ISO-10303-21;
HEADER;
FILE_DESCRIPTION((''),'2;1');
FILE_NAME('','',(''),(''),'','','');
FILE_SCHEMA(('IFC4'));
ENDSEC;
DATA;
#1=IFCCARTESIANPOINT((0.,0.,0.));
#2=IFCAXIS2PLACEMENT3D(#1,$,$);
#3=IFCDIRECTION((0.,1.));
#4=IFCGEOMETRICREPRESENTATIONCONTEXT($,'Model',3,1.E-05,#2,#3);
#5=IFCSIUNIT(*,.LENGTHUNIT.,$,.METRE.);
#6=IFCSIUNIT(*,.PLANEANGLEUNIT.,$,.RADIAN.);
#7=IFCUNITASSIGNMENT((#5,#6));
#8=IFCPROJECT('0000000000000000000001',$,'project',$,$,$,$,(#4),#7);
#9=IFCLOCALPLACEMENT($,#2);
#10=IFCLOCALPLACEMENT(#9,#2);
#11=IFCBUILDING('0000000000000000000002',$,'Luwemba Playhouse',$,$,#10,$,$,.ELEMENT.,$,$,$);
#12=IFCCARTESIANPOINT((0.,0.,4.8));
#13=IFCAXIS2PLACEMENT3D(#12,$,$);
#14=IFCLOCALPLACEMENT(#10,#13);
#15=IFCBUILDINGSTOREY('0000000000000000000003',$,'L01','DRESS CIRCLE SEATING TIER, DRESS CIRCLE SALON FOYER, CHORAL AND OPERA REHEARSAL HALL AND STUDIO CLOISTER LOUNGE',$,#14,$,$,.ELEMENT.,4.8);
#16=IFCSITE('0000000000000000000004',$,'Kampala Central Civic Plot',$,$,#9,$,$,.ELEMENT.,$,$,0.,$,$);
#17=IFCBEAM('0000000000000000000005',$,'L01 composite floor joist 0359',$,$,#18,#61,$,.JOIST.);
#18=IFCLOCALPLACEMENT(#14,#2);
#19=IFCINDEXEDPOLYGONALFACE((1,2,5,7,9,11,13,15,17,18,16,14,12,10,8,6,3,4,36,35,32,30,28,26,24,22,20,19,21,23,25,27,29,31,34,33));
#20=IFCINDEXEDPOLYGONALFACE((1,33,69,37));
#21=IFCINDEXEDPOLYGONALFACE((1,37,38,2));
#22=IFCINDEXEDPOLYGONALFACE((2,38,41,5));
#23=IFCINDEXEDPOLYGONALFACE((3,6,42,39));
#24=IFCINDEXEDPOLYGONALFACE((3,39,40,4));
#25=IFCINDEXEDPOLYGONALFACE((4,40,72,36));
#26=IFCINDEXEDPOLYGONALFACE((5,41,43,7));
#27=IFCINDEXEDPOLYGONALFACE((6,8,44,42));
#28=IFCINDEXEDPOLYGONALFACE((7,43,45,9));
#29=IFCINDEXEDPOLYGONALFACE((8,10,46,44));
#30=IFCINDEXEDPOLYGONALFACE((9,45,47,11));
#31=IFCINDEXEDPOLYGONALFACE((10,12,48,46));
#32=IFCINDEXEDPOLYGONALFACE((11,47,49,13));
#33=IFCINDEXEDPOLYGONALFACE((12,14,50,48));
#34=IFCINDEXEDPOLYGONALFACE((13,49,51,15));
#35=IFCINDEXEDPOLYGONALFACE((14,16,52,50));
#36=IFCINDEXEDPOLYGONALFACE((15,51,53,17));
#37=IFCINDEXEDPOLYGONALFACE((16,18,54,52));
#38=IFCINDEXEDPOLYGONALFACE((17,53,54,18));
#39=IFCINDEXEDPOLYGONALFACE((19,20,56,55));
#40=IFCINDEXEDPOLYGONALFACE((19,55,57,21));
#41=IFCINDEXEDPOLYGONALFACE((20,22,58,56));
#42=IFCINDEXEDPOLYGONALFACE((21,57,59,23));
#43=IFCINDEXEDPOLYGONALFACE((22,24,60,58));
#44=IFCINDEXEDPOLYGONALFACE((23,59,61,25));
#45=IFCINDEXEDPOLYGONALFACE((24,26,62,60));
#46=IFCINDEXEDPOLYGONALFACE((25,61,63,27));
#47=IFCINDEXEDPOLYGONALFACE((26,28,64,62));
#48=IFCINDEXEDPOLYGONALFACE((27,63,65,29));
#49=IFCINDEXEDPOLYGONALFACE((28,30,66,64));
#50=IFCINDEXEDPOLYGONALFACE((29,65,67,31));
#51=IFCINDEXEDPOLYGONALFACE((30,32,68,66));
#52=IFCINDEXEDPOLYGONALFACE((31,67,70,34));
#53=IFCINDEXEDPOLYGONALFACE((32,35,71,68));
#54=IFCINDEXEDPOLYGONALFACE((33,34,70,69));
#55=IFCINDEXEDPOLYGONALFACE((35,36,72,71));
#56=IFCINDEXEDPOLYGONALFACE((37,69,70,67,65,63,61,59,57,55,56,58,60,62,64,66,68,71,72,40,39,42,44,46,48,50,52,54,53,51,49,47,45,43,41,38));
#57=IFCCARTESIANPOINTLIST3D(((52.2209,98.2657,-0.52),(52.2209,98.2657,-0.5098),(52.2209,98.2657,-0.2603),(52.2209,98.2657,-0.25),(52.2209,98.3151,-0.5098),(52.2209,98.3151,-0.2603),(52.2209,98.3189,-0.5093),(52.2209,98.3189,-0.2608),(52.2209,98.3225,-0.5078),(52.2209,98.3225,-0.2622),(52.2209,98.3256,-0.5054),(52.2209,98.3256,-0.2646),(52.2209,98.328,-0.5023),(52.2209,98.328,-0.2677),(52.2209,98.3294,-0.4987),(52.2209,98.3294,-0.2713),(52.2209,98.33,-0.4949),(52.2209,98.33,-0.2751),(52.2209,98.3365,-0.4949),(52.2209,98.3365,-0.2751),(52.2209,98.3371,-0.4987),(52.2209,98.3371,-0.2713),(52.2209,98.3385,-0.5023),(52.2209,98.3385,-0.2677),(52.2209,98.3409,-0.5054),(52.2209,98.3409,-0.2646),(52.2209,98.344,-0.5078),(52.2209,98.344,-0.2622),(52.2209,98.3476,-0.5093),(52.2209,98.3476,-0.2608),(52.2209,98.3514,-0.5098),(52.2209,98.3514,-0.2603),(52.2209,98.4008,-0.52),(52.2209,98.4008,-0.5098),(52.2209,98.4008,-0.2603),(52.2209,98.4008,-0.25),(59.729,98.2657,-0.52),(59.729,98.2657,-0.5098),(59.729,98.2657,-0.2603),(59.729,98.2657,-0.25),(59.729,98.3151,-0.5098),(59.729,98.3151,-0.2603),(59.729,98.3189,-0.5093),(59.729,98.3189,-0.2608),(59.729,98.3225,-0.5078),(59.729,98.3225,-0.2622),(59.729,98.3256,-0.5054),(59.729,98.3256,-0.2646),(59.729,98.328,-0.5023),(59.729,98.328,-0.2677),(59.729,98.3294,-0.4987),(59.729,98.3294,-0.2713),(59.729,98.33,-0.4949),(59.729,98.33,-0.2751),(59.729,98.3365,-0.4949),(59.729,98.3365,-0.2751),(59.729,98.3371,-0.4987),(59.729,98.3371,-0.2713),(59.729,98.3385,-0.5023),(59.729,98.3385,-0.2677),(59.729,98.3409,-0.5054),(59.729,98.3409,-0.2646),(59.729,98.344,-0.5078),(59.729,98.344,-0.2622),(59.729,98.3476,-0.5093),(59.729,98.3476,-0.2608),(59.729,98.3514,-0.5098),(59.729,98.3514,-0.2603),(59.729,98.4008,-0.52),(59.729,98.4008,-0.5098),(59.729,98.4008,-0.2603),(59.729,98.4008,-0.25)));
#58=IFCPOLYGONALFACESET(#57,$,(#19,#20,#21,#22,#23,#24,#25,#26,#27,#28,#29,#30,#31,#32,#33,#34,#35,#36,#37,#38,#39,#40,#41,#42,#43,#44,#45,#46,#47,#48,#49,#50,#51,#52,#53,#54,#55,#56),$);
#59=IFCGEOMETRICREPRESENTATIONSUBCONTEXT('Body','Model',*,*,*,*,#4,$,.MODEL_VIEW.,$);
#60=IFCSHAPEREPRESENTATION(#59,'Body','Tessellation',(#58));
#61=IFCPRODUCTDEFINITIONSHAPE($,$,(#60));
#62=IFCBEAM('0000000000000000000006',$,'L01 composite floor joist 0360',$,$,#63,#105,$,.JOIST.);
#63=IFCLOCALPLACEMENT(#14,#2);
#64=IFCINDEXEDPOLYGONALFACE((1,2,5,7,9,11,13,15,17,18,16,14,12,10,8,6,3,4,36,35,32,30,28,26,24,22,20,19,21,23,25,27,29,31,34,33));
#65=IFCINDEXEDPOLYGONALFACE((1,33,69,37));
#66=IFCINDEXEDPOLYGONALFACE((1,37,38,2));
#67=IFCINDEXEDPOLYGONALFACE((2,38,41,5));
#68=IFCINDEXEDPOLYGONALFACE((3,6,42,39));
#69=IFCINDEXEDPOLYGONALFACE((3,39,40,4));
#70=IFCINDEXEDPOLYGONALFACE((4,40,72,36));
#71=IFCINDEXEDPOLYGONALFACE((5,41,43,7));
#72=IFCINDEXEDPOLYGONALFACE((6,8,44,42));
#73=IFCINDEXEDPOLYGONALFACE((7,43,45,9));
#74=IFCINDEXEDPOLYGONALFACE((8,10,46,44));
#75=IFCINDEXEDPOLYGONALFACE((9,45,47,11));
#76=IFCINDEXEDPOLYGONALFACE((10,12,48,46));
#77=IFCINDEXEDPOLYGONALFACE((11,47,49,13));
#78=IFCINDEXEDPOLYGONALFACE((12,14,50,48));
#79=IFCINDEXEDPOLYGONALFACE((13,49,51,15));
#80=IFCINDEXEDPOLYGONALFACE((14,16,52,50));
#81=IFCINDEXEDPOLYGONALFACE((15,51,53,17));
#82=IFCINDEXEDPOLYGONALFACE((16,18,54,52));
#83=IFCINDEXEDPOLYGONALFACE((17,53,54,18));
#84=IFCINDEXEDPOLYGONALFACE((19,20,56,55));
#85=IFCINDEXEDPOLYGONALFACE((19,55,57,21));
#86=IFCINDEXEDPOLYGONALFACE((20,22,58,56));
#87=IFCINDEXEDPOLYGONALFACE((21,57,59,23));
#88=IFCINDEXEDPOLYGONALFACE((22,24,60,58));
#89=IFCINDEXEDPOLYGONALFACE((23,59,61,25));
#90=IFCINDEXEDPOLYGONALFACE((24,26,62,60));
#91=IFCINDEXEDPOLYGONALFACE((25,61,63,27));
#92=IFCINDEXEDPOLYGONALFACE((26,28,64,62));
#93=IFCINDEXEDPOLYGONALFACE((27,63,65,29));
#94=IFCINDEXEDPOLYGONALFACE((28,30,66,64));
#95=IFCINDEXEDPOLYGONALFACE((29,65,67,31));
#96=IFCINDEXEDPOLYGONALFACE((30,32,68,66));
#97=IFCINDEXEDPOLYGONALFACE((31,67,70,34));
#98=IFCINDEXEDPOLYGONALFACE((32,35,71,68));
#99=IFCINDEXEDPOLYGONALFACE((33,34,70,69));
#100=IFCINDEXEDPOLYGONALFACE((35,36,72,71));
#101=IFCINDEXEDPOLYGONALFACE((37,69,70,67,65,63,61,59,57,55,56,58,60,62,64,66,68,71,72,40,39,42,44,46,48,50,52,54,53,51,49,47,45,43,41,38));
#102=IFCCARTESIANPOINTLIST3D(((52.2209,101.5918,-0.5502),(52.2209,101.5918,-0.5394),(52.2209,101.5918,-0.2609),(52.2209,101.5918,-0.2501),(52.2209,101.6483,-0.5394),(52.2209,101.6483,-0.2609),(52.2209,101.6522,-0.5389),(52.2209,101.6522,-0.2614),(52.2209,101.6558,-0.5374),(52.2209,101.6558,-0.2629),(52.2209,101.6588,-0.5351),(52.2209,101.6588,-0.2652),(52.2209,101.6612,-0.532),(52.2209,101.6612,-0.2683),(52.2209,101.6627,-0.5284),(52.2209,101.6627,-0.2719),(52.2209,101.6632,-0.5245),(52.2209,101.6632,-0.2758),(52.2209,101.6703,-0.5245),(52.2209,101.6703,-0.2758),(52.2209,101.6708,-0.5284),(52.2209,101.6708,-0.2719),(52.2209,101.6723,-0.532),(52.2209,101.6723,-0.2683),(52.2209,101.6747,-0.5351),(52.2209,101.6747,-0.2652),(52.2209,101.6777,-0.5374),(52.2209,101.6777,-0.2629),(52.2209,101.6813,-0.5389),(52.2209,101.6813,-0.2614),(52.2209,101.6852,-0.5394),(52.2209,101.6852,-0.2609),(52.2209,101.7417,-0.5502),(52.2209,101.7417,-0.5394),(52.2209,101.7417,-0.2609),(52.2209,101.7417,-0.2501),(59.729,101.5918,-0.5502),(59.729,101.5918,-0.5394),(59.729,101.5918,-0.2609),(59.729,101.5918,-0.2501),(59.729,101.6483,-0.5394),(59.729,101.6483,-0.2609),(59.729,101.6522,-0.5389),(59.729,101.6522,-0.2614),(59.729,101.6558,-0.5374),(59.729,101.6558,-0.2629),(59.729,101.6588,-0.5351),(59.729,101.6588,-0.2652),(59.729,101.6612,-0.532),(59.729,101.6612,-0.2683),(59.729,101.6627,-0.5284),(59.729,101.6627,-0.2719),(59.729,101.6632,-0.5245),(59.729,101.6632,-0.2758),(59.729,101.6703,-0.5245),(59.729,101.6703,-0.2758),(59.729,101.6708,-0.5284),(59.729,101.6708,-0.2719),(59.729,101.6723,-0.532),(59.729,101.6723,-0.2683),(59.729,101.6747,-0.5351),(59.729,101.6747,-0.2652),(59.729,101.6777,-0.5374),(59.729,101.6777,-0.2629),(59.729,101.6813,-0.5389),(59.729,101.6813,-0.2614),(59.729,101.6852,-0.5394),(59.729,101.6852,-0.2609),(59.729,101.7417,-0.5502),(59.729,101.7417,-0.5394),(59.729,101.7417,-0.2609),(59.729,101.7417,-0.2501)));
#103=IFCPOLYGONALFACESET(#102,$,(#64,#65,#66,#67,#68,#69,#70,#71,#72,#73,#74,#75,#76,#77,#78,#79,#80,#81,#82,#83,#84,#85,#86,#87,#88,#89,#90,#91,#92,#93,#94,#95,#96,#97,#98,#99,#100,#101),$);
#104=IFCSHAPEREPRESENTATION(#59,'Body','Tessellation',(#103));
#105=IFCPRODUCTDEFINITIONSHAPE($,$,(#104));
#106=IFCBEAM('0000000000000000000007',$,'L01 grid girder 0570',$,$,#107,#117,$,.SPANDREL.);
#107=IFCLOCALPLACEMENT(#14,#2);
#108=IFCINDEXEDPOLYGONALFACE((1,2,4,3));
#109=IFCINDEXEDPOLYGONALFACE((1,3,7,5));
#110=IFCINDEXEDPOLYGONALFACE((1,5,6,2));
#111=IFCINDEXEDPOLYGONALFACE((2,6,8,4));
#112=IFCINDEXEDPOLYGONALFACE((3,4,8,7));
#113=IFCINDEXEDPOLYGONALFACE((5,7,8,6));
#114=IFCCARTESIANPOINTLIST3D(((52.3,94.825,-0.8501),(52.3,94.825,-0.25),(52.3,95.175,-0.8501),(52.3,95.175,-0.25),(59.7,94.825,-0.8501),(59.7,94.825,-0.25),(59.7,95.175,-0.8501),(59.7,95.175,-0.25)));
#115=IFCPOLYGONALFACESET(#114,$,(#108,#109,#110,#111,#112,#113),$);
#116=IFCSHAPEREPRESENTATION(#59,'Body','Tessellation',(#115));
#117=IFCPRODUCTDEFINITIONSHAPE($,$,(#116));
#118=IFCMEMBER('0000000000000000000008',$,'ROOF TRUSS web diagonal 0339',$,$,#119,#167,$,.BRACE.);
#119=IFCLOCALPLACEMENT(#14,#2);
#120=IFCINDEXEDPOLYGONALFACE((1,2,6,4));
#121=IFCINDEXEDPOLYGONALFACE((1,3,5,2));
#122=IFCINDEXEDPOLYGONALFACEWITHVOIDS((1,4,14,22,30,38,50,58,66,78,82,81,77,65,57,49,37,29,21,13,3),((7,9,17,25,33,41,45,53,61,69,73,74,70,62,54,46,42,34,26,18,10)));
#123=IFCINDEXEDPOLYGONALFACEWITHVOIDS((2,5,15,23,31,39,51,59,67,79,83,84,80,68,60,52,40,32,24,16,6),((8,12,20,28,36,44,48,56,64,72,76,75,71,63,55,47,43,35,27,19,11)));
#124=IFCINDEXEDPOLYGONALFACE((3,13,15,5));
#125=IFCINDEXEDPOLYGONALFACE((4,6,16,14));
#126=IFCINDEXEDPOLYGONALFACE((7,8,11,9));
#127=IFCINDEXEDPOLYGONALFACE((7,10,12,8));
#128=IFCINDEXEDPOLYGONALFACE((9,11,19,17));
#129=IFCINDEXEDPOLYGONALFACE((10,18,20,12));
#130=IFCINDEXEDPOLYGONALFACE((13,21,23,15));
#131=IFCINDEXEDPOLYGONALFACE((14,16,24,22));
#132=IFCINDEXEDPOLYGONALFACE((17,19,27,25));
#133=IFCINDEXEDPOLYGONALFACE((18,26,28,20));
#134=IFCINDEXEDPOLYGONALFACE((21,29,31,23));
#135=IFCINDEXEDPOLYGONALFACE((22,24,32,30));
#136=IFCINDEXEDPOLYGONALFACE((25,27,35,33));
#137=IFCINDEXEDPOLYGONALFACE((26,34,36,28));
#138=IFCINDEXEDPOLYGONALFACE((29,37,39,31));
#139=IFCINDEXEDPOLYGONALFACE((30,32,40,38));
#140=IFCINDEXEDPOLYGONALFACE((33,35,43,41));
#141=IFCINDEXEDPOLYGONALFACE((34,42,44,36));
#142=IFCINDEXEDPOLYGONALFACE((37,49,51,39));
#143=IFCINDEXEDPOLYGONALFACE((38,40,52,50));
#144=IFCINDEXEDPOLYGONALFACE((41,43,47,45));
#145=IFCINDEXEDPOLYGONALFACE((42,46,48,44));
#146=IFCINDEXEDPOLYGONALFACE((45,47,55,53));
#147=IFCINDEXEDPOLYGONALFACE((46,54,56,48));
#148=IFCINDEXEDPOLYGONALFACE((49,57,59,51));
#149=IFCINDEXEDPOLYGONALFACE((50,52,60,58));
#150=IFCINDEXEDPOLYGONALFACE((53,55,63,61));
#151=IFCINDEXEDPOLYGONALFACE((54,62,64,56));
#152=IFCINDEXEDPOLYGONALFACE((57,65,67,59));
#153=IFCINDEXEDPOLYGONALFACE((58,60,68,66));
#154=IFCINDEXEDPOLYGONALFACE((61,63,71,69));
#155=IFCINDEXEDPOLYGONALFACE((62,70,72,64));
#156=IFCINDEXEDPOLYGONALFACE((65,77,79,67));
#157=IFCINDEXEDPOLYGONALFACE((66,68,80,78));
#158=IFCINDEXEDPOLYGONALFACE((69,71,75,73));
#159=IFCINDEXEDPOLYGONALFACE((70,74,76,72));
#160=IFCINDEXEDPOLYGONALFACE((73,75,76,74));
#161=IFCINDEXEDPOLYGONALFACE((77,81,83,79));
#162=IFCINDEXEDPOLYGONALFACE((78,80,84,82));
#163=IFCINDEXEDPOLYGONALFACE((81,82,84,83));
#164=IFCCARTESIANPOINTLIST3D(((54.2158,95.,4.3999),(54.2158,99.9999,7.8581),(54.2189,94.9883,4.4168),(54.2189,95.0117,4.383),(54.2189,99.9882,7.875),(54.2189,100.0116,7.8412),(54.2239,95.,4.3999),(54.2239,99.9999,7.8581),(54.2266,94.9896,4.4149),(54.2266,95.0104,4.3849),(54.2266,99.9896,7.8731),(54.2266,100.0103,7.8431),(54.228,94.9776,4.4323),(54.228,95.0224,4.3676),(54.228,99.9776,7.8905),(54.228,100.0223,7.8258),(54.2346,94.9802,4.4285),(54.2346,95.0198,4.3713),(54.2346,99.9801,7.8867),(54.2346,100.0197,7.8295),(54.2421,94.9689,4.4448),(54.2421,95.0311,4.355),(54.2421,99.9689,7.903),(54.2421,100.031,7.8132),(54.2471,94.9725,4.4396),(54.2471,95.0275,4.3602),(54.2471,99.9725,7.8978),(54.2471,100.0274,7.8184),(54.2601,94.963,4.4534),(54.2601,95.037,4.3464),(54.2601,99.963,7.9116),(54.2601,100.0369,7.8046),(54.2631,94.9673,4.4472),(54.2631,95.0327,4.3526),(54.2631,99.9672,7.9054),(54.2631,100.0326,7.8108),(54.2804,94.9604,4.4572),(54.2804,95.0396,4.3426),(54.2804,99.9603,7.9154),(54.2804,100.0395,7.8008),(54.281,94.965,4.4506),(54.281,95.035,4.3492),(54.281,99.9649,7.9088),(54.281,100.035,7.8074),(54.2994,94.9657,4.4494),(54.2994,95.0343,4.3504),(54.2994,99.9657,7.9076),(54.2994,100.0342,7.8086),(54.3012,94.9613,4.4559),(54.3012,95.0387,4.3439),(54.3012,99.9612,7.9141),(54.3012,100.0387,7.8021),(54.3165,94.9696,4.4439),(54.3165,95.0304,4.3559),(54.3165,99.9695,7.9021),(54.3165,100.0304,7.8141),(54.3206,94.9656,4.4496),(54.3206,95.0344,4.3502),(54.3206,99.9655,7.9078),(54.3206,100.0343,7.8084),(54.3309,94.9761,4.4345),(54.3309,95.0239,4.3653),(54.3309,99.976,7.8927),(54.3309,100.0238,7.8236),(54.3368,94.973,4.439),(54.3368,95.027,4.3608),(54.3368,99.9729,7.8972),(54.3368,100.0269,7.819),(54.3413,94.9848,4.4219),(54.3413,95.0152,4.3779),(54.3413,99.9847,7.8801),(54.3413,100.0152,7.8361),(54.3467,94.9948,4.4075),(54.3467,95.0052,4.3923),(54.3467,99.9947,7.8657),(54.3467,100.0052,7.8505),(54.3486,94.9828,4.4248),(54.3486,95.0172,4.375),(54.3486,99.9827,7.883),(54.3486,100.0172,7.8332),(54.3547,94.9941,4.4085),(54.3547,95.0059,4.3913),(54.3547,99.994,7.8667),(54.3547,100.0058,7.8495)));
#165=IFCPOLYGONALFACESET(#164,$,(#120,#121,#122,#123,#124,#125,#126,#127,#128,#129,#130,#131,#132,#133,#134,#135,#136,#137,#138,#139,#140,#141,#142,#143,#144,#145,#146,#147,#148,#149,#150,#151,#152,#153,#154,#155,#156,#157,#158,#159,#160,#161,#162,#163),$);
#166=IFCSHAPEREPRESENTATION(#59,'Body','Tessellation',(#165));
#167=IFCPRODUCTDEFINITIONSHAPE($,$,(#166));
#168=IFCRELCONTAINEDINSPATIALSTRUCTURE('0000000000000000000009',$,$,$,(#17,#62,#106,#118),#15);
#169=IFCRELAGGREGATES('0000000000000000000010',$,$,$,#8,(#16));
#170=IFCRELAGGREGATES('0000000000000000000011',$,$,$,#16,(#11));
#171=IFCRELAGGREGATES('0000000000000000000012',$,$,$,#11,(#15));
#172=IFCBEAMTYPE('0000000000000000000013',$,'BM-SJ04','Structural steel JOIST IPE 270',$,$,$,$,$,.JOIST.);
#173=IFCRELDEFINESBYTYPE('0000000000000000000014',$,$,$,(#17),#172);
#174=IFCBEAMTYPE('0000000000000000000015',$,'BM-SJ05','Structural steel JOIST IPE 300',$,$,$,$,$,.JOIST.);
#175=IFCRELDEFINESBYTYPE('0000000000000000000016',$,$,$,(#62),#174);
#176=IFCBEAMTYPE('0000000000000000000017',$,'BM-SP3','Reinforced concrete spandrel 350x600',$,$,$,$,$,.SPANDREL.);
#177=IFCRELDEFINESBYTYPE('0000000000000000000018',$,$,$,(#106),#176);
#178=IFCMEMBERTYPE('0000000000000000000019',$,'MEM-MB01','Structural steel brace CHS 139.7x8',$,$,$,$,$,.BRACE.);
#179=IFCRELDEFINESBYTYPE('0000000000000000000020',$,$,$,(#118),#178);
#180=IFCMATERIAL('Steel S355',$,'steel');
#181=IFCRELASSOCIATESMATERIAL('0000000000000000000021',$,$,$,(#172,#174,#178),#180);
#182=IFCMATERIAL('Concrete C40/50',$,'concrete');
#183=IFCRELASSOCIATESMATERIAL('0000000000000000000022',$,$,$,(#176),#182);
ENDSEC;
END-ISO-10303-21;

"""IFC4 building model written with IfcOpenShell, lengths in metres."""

from ifc_helpers import new_model, si_unit, direction, frame, origin, origin_2d, place, context, subcontext, project, spatial, rectangle, hollow_circle, i_section, extrude, material, material_profile, profile_set, type_object, element, save


model = new_model("IFC4")

# Units and contexts
model_context = context("Model", 3, precision=1e-05, world=origin(), true_north=direction((0.0, 1.0)))
body_context = subcontext(model_context, "Body", "Model", "MODEL_VIEW")
ifc_project = project(units=[si_unit("LENGTHUNIT", "METRE"), si_unit("PLANEANGLEUNIT", "RADIAN")], contexts=[model_context])

# Site, building, storey
site_placement = place(None, origin())
site = spatial("IfcSite", under=ifc_project, at=site_placement, Name="Kampala Central Civic Plot", CompositionType="ELEMENT", RefElevation=0.0)
building_placement = place(site_placement, origin())
building = spatial("IfcBuilding", under=site, at=building_placement, Name="Luwemba Playhouse", CompositionType="ELEMENT")
storey_placement = place(building_placement, frame((0.0, 0.0, 4.8)))
storey = spatial("IfcBuildingStorey", under=building, at=storey_placement, Name="L01", Description="DRESS CIRCLE SEATING TIER, DRESS CIRCLE SALON FOYER, CHORAL AND OPERA REHEARSAL HALL AND STUDIO CLOISTER LOUNGE", CompositionType="ELEMENT", Elevation=4.8)

# Shared definitions
ifc_material_1 = material(Name="Concrete C40/50", Category="concrete")

# Beams
ifc_material_2 = material(Name="Steel S355", Category="steel")
ifc_material_profile_1 = material_profile(ifc_material_2, i_section(OverallWidth=0.135, OverallDepth=0.27, WebThickness=0.0066, FlangeThickness=0.0103, FilletRadius=0.0149, at=origin_2d()))
ifc_profile_set_1 = profile_set([ifc_material_profile_1], Name="Steel S355")
beam_type_1 = type_object("IfcBeamType", Name="BM-SJ04", Description="Structural steel JOIST IPE 270", PredefinedType="JOIST", material=ifc_profile_set_1)
beam_1_placement = place(storey_placement, frame((52.2209, 98.3333, -0.385), z_axis=(1.0, 0.0, 0.0), x_axis=(0.0, 1.0, 0.0)))
element("IfcBeam", 1, at=beam_1_placement, inside=storey, type_object=beam_type_1, Name="L01 composite floor joist 0359", PredefinedType="JOIST", context=body_context, shape_type="SweptSolid", body=[
    extrude(i_section(OverallWidth=0.135, OverallDepth=0.27, WebThickness=0.0066, FlangeThickness=0.0103, FilletRadius=0.0149, at=origin_2d()), origin(), (0.0, 0.0, 1.0), 7.5081),
])
ifc_material_profile_2 = material_profile(ifc_material_2, i_section(OverallWidth=0.1499, OverallDepth=0.3, WebThickness=0.0071, FlangeThickness=0.0107, FilletRadius=0.0149, at=origin_2d()))
ifc_profile_set_2 = profile_set([ifc_material_profile_2], Name="Steel S355")
beam_type_2 = type_object("IfcBeamType", Name="BM-SJ05", Description="Structural steel JOIST IPE 300", PredefinedType="JOIST", material=ifc_profile_set_2)
beam_2_placement = place(storey_placement, frame((52.2209, 101.6667, -0.4001), z_axis=(1.0, 0.0, 0.0), x_axis=(0.0, 1.0, 0.0)))
element("IfcBeam", 2, at=beam_2_placement, inside=storey, type_object=beam_type_2, Name="L01 composite floor joist 0360", PredefinedType="JOIST", context=body_context, shape_type="SweptSolid", body=[
    extrude(i_section(OverallWidth=0.1499, OverallDepth=0.3, WebThickness=0.0071, FlangeThickness=0.0107, FilletRadius=0.0149, at=origin_2d()), origin(), (0.0, 0.0, 1.0), 7.5081),
])
ifc_material_profile_3 = material_profile(ifc_material_1, rectangle(XDim=0.3501, YDim=0.6001, at=origin_2d()))
ifc_profile_set_3 = profile_set([ifc_material_profile_3], Name="Concrete C40/50")
beam_type_3 = type_object("IfcBeamType", Name="BM-SP3", Description="Reinforced concrete spandrel 350x600", PredefinedType="SPANDREL", material=ifc_profile_set_3)
beam_3_placement = place(storey_placement, frame((52.3, 95.0, -0.55), z_axis=(1.0, 0.0, 0.0), x_axis=(0.0, 1.0, 0.0)))
element("IfcBeam", 3, at=beam_3_placement, inside=storey, type_object=beam_type_3, Name="L01 grid girder 0570", PredefinedType="SPANDREL", context=body_context, shape_type="SweptSolid", body=[
    extrude(rectangle(XDim=0.3501, YDim=0.6001, at=origin_2d()), origin(), (0.0, 0.0, 1.0), 7.3999),
])

# Member
ifc_material_profile_4 = material_profile(ifc_material_2, hollow_circle(Radius=0.0698, WallThickness=0.0081, at=origin_2d()))
ifc_profile_set_4 = profile_set([ifc_material_profile_4], Name="Steel S355")
member_type_1 = type_object("IfcMemberType", Name="MEM-MB01", Description="Structural steel brace CHS 139.7x8", PredefinedType="BRACE", material=ifc_profile_set_4)
member_1_placement = place(storey_placement, frame((54.2856, 95.0, 4.3999), z_axis=(0.0, 0.822445, 0.568844), x_axis=(-1.0, 0.0, 0.0)))
element("IfcMember", 4, at=member_1_placement, inside=storey, type_object=member_type_1, Name="ROOF TRUSS web diagonal 0339", PredefinedType="BRACE", context=body_context, shape_type="SweptSolid", body=[
    extrude(hollow_circle(Radius=0.0698, WallThickness=0.0081, at=origin_2d()), origin(), (0.0, 0.0, 1.0), 6.0793),
])

save(model, "model.ifc")
